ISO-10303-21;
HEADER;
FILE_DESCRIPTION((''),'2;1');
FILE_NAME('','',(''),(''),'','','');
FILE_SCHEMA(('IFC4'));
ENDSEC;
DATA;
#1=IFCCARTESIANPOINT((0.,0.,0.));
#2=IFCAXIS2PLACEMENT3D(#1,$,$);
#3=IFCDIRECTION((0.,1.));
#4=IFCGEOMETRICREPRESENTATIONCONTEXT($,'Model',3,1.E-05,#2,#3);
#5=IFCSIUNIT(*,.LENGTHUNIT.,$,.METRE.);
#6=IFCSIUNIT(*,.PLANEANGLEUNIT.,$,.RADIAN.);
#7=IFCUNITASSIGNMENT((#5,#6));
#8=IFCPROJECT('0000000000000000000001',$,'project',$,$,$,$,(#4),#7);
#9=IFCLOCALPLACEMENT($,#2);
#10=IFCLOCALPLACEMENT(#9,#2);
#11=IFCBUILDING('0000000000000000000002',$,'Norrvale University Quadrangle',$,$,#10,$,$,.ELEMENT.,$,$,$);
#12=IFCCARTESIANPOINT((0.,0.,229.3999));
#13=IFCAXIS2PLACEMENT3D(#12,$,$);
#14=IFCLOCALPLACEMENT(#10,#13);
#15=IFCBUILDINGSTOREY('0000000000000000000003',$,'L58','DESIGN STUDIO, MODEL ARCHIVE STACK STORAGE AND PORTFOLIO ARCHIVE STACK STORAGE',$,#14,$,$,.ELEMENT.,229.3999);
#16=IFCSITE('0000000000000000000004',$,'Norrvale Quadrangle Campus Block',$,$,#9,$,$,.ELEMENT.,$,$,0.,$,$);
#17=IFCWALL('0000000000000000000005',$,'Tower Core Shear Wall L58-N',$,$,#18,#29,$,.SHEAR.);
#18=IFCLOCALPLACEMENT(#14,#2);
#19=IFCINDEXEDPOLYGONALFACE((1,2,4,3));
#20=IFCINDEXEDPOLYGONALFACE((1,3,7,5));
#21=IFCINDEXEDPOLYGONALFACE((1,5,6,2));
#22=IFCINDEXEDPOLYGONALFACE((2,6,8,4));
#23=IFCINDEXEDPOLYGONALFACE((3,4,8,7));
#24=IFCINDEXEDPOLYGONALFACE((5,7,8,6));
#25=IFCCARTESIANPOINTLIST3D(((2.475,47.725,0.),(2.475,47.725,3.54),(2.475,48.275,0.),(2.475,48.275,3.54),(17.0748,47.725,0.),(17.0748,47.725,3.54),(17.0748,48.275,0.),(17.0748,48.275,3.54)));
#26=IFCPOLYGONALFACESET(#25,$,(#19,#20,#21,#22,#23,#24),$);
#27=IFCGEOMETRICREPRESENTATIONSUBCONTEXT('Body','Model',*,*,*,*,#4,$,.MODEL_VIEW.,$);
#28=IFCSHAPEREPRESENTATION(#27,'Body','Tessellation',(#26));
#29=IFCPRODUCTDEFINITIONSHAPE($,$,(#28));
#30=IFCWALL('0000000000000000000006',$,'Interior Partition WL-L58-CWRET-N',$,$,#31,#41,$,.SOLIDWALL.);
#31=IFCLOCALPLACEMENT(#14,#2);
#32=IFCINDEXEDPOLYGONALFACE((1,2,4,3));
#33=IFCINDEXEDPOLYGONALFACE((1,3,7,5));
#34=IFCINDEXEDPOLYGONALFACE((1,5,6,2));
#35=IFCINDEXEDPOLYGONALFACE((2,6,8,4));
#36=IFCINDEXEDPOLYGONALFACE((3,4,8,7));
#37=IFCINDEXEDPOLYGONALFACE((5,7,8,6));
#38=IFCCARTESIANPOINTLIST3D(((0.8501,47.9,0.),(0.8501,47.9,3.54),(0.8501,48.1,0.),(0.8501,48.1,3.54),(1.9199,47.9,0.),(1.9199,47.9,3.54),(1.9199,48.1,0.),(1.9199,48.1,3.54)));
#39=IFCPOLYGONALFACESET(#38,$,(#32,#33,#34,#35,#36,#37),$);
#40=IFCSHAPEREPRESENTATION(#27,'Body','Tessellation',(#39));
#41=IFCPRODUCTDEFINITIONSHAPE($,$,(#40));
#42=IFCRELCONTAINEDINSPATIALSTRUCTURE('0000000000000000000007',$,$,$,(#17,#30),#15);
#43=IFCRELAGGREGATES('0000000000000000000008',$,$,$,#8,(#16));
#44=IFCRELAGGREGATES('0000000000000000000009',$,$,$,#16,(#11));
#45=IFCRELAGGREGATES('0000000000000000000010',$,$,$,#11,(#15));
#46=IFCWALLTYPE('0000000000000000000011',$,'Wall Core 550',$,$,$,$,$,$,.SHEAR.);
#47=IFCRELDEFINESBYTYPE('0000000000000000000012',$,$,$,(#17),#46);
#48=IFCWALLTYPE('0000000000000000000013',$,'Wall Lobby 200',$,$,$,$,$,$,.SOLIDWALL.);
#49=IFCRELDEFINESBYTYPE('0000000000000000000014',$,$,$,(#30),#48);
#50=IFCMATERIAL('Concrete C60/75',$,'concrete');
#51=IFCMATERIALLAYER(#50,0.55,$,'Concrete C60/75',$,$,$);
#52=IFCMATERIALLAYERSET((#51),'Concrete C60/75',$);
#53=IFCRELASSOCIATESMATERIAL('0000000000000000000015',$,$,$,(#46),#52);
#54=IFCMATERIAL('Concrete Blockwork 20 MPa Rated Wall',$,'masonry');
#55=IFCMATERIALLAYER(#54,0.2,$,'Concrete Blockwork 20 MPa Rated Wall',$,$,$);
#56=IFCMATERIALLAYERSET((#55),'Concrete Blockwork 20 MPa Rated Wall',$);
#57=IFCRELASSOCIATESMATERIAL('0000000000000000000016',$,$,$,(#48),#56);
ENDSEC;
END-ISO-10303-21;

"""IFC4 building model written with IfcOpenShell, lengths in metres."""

from ifc_helpers import new_model, si_unit, direction, frame, frame_2d, origin, place, context, subcontext, project, spatial, rectangle, extrude, material, layer, layer_set, type_object, element, save


model = new_model("IFC4")

# Units and contexts
model_context = context("Model", 3, precision=1e-05, world=origin(), true_north=direction((0.0, 1.0)))
body_context = subcontext(model_context, "Body", "Model", "MODEL_VIEW")
ifc_project = project(units=[si_unit("LENGTHUNIT", "METRE"), si_unit("PLANEANGLEUNIT", "RADIAN")], contexts=[model_context])

# Site, building, storey
site_placement = place(None, origin())
site = spatial("IfcSite", under=ifc_project, at=site_placement, Name="Norrvale Quadrangle Campus Block", CompositionType="ELEMENT", RefElevation=0.0)
building_placement = place(site_placement, origin())
building = spatial("IfcBuilding", under=site, at=building_placement, Name="Norrvale University Quadrangle", CompositionType="ELEMENT")
storey_placement = place(building_placement, frame((0.0, 0.0, 229.3999)))
storey = spatial("IfcBuildingStorey", under=building, at=storey_placement, Name="L58", Description="DESIGN STUDIO, MODEL ARCHIVE STACK STORAGE AND PORTFOLIO ARCHIVE STACK STORAGE", CompositionType="ELEMENT", Elevation=229.3999)

# Shared definitions
ifc_material_1 = material(Name="Concrete C60/75", Category="concrete")

# Walls
ifc_layer_1 = layer(ifc_material_1, 0.55, Name="Concrete C60/75")
ifc_layer_set_1 = layer_set([ifc_layer_1], Name="Concrete C60/75")
wall_type_1 = type_object("IfcWallType", Name="Wall Core 550", PredefinedType="SHEAR", material=ifc_layer_set_1)
wall_1_placement = place(storey_placement, frame((2.4751, 48.0, 0.0), z_axis=(0.0, 0.0, 1.0), x_axis=(1.0, 0.0, 0.0)))
element("IfcWall", 1, at=wall_1_placement, inside=storey, type_object=wall_type_1, Name="Tower Core Shear Wall L58-N", PredefinedType="SHEAR", context=body_context, shape_type="SweptSolid", body=[
    extrude(rectangle(XDim=14.5999, YDim=0.55, at=frame_2d((7.2998, 0.0))), origin(), (0.0, 0.0, 1.0), 3.54),
])
ifc_material_2 = material(Name="Concrete Blockwork 20 MPa Rated Wall", Category="masonry")
ifc_layer_2 = layer(ifc_material_2, 0.2, Name="Concrete Blockwork 20 MPa Rated Wall")
ifc_layer_set_2 = layer_set([ifc_layer_2], Name="Concrete Blockwork 20 MPa Rated Wall")
wall_type_2 = type_object("IfcWallType", Name="Wall Lobby 200", PredefinedType="SOLIDWALL", material=ifc_layer_set_2)
wall_2_placement = place(storey_placement, frame((0.8501, 48.0, 0.0), z_axis=(0.0, 0.0, 1.0), x_axis=(1.0, 0.0, 0.0)))
element("IfcWall", 2, at=wall_2_placement, inside=storey, type_object=wall_type_2, Name="Interior Partition WL-L58-CWRET-N", PredefinedType="SOLIDWALL", context=body_context, shape_type="SweptSolid", body=[
    extrude(rectangle(XDim=1.0698, YDim=0.2, at=frame_2d((0.5349, 0.0))), origin(), (0.0, 0.0, 1.0), 3.54),
])

save(model, "model.ifc")
